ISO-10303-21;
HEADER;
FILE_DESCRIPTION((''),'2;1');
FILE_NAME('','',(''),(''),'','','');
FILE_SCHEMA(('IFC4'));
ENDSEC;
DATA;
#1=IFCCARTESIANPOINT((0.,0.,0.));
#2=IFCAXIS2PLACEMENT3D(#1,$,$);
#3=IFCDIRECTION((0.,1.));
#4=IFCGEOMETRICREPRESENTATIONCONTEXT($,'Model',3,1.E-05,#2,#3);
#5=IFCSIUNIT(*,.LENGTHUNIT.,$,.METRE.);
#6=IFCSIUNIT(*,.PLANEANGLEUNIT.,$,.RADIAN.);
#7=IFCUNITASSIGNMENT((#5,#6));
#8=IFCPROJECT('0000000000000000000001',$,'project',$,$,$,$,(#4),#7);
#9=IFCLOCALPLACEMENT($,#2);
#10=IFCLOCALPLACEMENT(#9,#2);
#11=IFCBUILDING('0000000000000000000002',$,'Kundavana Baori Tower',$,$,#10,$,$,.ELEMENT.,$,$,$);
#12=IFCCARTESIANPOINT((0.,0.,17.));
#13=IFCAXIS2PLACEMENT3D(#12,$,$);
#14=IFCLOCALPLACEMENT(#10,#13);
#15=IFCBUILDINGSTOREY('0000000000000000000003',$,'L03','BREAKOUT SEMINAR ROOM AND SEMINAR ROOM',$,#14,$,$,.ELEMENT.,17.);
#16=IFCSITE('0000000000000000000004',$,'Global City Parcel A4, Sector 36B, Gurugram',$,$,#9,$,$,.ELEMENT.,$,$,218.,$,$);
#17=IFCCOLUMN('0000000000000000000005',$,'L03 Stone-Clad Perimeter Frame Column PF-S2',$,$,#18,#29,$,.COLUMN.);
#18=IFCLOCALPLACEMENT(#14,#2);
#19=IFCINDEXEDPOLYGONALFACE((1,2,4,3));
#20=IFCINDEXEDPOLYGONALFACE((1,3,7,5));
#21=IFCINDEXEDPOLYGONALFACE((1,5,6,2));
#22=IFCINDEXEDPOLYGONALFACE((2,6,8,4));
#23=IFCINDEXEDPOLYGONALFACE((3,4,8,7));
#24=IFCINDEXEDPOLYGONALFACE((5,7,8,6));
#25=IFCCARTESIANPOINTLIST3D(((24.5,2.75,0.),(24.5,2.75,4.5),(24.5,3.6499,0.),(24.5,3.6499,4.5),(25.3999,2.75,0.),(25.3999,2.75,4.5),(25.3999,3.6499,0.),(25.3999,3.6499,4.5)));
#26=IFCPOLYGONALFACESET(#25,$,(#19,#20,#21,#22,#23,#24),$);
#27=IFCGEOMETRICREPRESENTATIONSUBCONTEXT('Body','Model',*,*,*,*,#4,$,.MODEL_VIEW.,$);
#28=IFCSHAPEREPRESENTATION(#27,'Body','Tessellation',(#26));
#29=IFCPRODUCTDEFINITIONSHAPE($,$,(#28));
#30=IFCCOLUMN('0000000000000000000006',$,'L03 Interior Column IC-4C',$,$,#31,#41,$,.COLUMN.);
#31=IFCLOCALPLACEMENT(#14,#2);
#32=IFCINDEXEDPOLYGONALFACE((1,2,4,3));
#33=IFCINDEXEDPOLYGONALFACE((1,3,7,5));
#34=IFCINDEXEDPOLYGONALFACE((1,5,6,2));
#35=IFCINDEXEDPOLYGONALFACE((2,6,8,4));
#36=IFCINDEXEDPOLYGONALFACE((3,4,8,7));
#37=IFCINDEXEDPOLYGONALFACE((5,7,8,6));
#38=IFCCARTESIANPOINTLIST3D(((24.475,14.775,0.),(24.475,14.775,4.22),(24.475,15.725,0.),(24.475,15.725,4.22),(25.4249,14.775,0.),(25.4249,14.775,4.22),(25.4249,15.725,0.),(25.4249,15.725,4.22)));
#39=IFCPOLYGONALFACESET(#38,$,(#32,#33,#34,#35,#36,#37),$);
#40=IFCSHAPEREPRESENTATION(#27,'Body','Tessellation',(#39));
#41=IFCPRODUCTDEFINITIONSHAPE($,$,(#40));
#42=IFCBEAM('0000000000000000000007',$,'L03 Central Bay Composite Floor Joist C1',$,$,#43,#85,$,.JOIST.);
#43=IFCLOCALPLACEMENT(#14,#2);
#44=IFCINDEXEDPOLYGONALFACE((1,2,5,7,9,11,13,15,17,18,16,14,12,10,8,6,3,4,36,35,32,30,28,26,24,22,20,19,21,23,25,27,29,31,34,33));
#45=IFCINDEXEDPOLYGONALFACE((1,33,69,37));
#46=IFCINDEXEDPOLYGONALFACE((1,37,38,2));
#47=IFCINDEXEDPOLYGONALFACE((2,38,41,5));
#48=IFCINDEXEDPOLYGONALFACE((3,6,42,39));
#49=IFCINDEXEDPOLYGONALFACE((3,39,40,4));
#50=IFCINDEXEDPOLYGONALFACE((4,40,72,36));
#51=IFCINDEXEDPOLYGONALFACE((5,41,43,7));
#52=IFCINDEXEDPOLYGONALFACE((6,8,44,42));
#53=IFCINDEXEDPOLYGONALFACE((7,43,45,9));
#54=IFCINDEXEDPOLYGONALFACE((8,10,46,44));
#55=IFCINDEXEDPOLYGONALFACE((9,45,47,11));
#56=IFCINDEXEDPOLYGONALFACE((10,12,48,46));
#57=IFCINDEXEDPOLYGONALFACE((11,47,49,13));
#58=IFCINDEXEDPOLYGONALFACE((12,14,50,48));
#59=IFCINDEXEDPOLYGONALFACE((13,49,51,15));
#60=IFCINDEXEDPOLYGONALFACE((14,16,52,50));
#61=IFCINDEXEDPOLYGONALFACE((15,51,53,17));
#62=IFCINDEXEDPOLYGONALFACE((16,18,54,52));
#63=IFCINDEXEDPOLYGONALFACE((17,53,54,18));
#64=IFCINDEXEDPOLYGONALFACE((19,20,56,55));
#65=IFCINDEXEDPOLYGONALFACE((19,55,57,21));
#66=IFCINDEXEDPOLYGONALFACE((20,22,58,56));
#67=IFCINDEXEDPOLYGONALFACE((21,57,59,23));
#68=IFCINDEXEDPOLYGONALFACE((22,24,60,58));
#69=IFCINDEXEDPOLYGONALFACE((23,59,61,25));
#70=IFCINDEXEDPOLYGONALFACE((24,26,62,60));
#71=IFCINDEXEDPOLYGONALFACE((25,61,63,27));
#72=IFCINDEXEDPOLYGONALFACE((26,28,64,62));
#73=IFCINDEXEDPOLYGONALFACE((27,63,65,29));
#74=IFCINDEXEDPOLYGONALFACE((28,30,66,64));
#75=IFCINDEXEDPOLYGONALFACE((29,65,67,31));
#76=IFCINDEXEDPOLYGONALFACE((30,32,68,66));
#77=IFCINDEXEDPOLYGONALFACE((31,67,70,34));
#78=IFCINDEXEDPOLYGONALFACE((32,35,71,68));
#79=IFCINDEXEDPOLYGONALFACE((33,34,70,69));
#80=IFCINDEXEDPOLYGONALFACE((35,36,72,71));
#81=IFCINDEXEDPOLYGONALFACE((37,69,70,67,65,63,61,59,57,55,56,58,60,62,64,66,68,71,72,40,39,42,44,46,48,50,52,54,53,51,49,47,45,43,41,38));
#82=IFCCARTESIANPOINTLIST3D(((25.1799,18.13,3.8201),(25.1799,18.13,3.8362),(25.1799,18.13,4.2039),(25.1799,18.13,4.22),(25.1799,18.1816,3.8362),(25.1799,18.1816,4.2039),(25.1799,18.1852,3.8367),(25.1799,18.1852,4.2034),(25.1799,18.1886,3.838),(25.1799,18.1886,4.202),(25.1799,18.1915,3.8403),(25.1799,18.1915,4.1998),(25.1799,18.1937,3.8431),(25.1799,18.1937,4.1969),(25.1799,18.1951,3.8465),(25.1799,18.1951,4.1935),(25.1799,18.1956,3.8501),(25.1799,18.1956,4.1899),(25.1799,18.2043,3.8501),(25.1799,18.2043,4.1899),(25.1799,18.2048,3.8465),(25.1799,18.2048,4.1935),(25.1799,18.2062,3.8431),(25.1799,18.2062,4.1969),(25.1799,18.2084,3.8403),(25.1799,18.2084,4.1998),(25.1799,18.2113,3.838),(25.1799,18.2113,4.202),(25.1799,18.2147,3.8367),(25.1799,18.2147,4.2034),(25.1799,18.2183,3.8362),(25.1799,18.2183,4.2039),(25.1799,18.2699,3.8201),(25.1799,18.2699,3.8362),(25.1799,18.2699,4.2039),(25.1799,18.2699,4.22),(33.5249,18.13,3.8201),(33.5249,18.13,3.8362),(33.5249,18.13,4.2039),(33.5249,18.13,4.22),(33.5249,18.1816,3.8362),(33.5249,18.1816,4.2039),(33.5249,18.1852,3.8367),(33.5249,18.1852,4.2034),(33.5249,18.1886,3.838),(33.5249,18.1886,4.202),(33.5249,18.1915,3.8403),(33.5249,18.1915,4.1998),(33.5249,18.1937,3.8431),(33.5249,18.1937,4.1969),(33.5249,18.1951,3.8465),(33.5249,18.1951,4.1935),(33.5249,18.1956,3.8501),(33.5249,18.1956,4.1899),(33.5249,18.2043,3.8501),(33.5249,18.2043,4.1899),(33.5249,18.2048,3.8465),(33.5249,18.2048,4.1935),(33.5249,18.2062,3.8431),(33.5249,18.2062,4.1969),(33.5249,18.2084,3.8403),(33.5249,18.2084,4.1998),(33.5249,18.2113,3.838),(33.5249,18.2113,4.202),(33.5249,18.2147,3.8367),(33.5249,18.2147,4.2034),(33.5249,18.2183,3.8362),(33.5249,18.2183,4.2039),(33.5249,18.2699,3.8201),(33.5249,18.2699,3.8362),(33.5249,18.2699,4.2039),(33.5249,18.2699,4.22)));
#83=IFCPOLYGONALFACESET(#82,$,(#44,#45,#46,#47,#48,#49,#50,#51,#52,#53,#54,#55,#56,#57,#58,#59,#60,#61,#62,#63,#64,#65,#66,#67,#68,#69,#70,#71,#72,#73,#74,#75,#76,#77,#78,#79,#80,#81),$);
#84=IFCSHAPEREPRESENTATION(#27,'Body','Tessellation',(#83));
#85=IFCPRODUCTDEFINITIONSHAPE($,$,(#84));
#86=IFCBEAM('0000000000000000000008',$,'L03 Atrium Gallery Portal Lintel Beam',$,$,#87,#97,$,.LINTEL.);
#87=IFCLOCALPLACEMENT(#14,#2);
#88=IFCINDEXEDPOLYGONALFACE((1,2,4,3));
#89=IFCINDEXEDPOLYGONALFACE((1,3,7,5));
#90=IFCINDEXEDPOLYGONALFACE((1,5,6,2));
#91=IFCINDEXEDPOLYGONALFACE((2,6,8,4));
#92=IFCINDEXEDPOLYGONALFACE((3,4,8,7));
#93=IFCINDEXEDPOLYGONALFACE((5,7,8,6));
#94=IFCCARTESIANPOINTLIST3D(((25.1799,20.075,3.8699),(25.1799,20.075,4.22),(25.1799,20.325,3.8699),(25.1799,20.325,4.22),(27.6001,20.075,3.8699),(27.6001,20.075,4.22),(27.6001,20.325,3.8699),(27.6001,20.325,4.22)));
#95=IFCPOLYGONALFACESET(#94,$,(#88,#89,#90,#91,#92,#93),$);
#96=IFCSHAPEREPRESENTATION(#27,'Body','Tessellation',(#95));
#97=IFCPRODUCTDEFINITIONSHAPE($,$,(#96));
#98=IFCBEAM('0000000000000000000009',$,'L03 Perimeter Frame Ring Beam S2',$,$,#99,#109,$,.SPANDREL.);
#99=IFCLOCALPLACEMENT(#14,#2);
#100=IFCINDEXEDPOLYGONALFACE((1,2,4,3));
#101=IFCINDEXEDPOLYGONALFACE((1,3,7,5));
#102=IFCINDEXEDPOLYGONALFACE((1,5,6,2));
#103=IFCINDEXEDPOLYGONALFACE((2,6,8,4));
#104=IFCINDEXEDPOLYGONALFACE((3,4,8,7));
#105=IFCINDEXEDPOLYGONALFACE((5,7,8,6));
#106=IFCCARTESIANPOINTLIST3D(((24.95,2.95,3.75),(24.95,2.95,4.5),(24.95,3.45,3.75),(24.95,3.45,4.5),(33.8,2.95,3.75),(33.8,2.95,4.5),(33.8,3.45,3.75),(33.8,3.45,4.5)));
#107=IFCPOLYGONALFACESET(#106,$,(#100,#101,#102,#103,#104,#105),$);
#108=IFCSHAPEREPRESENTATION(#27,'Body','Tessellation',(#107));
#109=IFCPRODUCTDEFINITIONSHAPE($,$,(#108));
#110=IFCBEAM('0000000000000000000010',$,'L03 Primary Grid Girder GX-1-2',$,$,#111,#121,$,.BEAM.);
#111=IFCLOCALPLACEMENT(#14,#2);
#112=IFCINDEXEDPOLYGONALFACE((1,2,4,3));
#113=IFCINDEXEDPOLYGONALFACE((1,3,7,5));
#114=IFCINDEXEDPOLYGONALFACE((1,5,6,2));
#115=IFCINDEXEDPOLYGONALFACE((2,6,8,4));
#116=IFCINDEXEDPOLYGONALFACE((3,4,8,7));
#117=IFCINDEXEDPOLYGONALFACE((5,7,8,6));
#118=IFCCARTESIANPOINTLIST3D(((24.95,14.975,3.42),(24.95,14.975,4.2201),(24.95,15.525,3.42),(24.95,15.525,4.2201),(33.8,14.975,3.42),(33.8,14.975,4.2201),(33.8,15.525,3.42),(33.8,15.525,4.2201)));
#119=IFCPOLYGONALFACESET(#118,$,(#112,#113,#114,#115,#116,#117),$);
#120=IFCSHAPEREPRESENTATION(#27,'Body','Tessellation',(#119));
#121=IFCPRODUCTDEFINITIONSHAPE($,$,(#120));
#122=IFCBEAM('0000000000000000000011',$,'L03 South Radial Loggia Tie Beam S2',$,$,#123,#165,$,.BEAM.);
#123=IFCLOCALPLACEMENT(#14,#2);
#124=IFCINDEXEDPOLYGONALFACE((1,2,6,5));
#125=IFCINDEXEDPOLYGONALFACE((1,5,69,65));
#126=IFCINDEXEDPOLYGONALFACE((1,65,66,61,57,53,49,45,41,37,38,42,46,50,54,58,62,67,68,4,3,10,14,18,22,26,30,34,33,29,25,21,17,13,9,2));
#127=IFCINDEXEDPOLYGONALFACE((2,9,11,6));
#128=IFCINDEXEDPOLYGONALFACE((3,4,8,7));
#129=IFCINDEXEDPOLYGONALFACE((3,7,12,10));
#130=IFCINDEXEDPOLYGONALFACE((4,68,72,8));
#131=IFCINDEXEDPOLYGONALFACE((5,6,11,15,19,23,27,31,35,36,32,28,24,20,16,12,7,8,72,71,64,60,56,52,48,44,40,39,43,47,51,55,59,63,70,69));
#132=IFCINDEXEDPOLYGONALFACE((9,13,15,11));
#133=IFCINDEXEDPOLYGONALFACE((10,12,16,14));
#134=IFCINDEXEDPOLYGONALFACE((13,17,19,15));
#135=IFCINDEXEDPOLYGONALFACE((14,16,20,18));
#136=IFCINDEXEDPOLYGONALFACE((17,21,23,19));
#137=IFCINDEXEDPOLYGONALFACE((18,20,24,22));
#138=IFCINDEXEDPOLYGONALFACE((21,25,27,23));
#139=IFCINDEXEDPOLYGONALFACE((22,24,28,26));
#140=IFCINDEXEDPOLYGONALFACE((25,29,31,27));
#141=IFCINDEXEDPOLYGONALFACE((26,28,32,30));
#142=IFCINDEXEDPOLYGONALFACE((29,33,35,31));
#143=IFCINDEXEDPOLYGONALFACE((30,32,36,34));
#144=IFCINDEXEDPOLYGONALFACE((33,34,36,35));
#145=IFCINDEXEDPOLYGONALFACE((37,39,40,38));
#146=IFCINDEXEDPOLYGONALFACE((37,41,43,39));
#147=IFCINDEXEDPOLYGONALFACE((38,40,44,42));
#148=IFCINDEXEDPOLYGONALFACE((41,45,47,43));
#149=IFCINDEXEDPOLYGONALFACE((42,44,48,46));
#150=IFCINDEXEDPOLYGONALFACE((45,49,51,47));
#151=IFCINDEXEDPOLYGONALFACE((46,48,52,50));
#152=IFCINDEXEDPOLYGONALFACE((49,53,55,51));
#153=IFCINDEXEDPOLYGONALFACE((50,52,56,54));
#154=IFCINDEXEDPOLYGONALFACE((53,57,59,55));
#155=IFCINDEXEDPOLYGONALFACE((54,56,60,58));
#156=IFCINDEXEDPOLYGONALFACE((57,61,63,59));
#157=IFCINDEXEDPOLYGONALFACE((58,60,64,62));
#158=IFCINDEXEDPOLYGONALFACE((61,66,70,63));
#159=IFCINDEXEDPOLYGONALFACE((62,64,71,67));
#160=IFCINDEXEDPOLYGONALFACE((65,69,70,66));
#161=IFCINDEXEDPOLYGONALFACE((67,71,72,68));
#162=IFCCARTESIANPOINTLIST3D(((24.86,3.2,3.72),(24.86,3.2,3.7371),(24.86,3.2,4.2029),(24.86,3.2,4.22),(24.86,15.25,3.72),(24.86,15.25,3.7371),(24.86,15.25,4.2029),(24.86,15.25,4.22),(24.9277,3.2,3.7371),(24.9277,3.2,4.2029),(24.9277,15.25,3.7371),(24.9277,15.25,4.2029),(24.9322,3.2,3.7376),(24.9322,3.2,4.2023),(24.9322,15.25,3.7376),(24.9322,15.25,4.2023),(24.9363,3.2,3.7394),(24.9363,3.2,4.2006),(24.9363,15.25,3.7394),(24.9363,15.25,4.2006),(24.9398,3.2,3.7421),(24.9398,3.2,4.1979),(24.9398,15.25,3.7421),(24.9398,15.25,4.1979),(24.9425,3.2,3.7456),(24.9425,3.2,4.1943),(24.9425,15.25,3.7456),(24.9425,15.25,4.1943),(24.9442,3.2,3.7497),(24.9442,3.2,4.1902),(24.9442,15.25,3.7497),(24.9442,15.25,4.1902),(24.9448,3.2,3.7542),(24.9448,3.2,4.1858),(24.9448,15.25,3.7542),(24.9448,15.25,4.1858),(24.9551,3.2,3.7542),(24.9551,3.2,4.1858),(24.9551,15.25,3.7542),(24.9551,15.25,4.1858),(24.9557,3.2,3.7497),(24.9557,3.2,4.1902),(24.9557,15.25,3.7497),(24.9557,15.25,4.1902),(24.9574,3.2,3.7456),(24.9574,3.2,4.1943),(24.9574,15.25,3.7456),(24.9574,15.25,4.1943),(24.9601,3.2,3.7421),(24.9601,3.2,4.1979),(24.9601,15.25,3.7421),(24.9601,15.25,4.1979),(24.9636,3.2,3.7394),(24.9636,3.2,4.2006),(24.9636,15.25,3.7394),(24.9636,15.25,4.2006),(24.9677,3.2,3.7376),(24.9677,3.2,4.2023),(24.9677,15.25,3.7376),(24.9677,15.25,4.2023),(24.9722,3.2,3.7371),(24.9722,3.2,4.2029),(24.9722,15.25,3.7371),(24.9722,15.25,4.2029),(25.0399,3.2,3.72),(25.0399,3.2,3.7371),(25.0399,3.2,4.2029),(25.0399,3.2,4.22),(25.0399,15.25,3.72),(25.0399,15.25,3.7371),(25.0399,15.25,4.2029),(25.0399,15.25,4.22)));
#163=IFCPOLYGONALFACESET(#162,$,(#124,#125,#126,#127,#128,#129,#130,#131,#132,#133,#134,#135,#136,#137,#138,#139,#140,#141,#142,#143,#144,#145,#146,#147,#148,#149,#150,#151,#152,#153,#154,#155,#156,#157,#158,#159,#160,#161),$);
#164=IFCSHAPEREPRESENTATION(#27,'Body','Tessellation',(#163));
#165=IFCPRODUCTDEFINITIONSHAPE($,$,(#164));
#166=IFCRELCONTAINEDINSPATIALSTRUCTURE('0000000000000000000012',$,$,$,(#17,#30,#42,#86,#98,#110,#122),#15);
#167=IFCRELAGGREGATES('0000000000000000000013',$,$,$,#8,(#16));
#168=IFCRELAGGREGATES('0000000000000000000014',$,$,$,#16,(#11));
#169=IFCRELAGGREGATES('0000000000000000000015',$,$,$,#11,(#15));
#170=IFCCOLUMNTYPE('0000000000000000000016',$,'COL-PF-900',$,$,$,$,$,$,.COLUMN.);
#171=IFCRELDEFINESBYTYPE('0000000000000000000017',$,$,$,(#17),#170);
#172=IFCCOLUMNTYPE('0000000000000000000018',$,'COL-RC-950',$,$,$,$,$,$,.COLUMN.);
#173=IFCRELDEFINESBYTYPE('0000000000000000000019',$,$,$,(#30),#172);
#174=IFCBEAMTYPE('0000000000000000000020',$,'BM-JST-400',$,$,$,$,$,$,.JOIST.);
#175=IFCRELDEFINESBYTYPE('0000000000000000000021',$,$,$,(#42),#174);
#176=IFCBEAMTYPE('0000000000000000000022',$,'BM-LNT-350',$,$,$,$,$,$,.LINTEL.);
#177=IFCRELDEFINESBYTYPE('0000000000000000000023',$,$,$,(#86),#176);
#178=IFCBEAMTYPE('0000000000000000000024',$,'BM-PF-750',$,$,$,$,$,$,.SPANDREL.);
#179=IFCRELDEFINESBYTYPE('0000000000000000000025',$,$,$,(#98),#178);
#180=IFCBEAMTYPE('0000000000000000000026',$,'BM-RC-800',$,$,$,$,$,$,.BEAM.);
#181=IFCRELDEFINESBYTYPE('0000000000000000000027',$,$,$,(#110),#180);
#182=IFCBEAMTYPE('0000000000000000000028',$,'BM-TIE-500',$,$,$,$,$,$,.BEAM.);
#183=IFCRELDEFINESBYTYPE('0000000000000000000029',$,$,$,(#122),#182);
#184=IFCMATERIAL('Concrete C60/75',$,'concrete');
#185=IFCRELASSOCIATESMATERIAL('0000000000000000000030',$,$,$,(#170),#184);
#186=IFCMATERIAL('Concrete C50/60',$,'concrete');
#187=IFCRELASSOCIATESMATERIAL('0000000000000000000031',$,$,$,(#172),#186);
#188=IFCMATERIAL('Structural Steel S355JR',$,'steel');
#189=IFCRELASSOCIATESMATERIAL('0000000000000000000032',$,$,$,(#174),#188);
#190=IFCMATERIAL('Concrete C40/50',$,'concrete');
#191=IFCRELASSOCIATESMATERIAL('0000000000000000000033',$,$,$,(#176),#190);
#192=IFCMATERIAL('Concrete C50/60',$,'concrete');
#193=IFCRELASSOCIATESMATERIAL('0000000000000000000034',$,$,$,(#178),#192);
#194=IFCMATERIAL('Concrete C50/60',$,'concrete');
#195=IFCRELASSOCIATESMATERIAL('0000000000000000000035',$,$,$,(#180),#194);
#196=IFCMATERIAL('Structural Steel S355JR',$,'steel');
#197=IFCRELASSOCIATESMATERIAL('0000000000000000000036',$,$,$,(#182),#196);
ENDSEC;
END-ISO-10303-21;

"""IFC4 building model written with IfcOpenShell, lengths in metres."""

from ifc_helpers import new_model, si_unit, direction, frame, origin, origin_2d, place, context, subcontext, project, spatial, rectangle, i_section, extrude, material, material_profile, profile_set, type_object, element, save


model = new_model("IFC4")

# Units and contexts
model_context = context("Model", 3, precision=1e-05, world=origin(), true_north=direction((0.0, 1.0)))
body_context = subcontext(model_context, "Body", "Model", "MODEL_VIEW")
ifc_project = project(units=[si_unit("LENGTHUNIT", "METRE"), si_unit("PLANEANGLEUNIT", "RADIAN")], contexts=[model_context])

# Site, building, storey
site_placement = place(None, origin())
site = spatial("IfcSite", under=ifc_project, at=site_placement, Name="Global City Parcel A4, Sector 36B, Gurugram", CompositionType="ELEMENT", RefElevation=218.0)
building_placement = place(site_placement, origin())
building = spatial("IfcBuilding", under=site, at=building_placement, Name="Kundavana Baori Tower", CompositionType="ELEMENT")
storey_placement = place(building_placement, frame((0.0, 0.0, 17.0)))
storey = spatial("IfcBuildingStorey", under=building, at=storey_placement, Name="L03", Description="BREAKOUT SEMINAR ROOM AND SEMINAR ROOM", CompositionType="ELEMENT", Elevation=17.0)

# Columns
ifc_material_1 = material(Name="Concrete C60/75", Category="concrete")
ifc_material_profile_1 = material_profile(ifc_material_1, rectangle(XDim=0.8999, YDim=0.8999, at=origin_2d()), Name="RC PF 900x900")
ifc_profile_set_1 = profile_set([ifc_material_profile_1], Name="Concrete C60/75")
column_type_1 = type_object("IfcColumnType", Name="COL-PF-900", PredefinedType="COLUMN", material=ifc_profile_set_1)
column_1_placement = place(storey_placement, frame((24.95, 3.2, 0.0), z_axis=(0.0, 0.0, 1.0), x_axis=(1.0, 0.0, 0.0)))
element("IfcColumn", 1, at=column_1_placement, inside=storey, type_object=column_type_1, Name="L03 Stone-Clad Perimeter Frame Column PF-S2", PredefinedType="COLUMN", context=body_context, shape_type="SweptSolid", body=[
    extrude(rectangle(XDim=0.8999, YDim=0.8999, at=origin_2d()), origin(), (0.0, 0.0, 1.0), 4.5),
])
ifc_material_2 = material(Name="Concrete C50/60", Category="concrete")
ifc_material_profile_2 = material_profile(ifc_material_2, rectangle(XDim=0.95, YDim=0.95, at=origin_2d()), Name="RC 950x950")
ifc_profile_set_2 = profile_set([ifc_material_profile_2], Name="Concrete C50/60")
column_type_2 = type_object("IfcColumnType", Name="COL-RC-950", PredefinedType="COLUMN", material=ifc_profile_set_2)
column_2_placement = place(storey_placement, frame((24.95, 15.25, 0.0), z_axis=(0.0, 0.0, 1.0), x_axis=(1.0, 0.0, 0.0)))
element("IfcColumn", 2, at=column_2_placement, inside=storey, type_object=column_type_2, Name="L03 Interior Column IC-4C", PredefinedType="COLUMN", context=body_context, shape_type="SweptSolid", body=[
    extrude(rectangle(XDim=0.95, YDim=0.95, at=origin_2d()), origin(), (0.0, 0.0, 1.0), 4.22),
])

# Beams
ifc_material_3 = material(Name="Structural Steel S355JR", Category="steel")
ifc_material_profile_3 = material_profile(ifc_material_3, i_section(OverallWidth=0.1399, OverallDepth=0.3999, WebThickness=0.0088, FlangeThickness=0.0161, FilletRadius=0.0139, at=origin_2d()), Name="ISMB 400")
ifc_profile_set_3 = profile_set([ifc_material_profile_3], Name="Structural Steel S355JR")
beam_type_1 = type_object("IfcBeamType", Name="BM-JST-400", PredefinedType="JOIST", material=ifc_profile_set_3)
beam_1_placement = place(storey_placement, frame((25.1799, 18.2, 4.02), z_axis=(1.0, 0.0, 0.0), x_axis=(0.0, 1.0, 0.0)))
element("IfcBeam", 3, at=beam_1_placement, inside=storey, type_object=beam_type_1, Name="L03 Central Bay Composite Floor Joist C1", PredefinedType="JOIST", context=body_context, shape_type="SweptSolid", body=[
    extrude(i_section(OverallWidth=0.1399, OverallDepth=0.3999, WebThickness=0.0088, FlangeThickness=0.0161, FilletRadius=0.0139, at=origin_2d()), origin(), (0.0, 0.0, 1.0), 8.345),
])
ifc_material_4 = material(Name="Concrete C40/50", Category="concrete")
ifc_material_profile_4 = material_profile(ifc_material_4, rectangle(XDim=0.25, YDim=0.3501, at=origin_2d()), Name="RC LNT 250x350")
ifc_profile_set_4 = profile_set([ifc_material_profile_4], Name="Concrete C40/50")
beam_type_2 = type_object("IfcBeamType", Name="BM-LNT-350", PredefinedType="LINTEL", material=ifc_profile_set_4)
beam_2_placement = place(storey_placement, frame((25.1799, 20.2, 4.0449), z_axis=(1.0, 0.0, 0.0), x_axis=(0.0, 1.0, 0.0)))
element("IfcBeam", 4, at=beam_2_placement, inside=storey, type_object=beam_type_2, Name="L03 Atrium Gallery Portal Lintel Beam", PredefinedType="LINTEL", context=body_context, shape_type="SweptSolid", body=[
    extrude(rectangle(XDim=0.25, YDim=0.3501, at=origin_2d()), origin(), (0.0, 0.0, 1.0), 2.4202),
])
ifc_material_5 = material(Name="Concrete C50/60", Category="concrete")
ifc_material_profile_5 = material_profile(ifc_material_5, rectangle(XDim=0.5, YDim=0.75, at=origin_2d()), Name="RC BM 500x750")
ifc_profile_set_5 = profile_set([ifc_material_profile_5], Name="Concrete C50/60")
beam_type_3 = type_object("IfcBeamType", Name="BM-PF-750", PredefinedType="SPANDREL", material=ifc_profile_set_5)
beam_3_placement = place(storey_placement, frame((24.95, 3.2, 4.125), z_axis=(1.0, 0.0, 0.0), x_axis=(0.0, 1.0, 0.0)))
element("IfcBeam", 5, at=beam_3_placement, inside=storey, type_object=beam_type_3, Name="L03 Perimeter Frame Ring Beam S2", PredefinedType="SPANDREL", context=body_context, shape_type="SweptSolid", body=[
    extrude(rectangle(XDim=0.5, YDim=0.75, at=origin_2d()), origin(), (0.0, 0.0, 1.0), 8.8501),
])
ifc_material_6 = material(Name="Concrete C50/60", Category="concrete")
ifc_material_profile_6 = material_profile(ifc_material_6, rectangle(XDim=0.55, YDim=0.8, at=origin_2d()), Name="RC BM 550x800")
ifc_profile_set_6 = profile_set([ifc_material_profile_6], Name="Concrete C50/60")
beam_type_4 = type_object("IfcBeamType", Name="BM-RC-800", PredefinedType="BEAM", material=ifc_profile_set_6)
beam_4_placement = place(storey_placement, frame((24.95, 15.25, 3.8201), z_axis=(1.0, 0.0, 0.0), x_axis=(0.0, 1.0, 0.0)))
element("IfcBeam", 6, at=beam_4_placement, inside=storey, type_object=beam_type_4, Name="L03 Primary Grid Girder GX-1-2", PredefinedType="BEAM", context=body_context, shape_type="SweptSolid", body=[
    extrude(rectangle(XDim=0.55, YDim=0.8, at=origin_2d()), origin(), (0.0, 0.0, 1.0), 8.8501),
])
ifc_material_7 = material(Name="Structural Steel S355JR", Category="steel")
ifc_material_profile_7 = material_profile(ifc_material_7, i_section(OverallWidth=0.1799, OverallDepth=0.5, WebThickness=0.0103, FlangeThickness=0.0171, FilletRadius=0.0171, at=origin_2d()), Name="ISMB 500")
ifc_profile_set_7 = profile_set([ifc_material_profile_7], Name="Structural Steel S355JR")
beam_type_5 = type_object("IfcBeamType", Name="BM-TIE-500", PredefinedType="BEAM", material=ifc_profile_set_7)
beam_5_placement = place(storey_placement, frame((24.95, 15.25, 3.97), z_axis=(0.0, -1.0, 0.0), x_axis=(1.0, 0.0, 0.0)))
element("IfcBeam", 7, at=beam_5_placement, inside=storey, type_object=beam_type_5, Name="L03 South Radial Loggia Tie Beam S2", PredefinedType="BEAM", context=body_context, shape_type="SweptSolid", body=[
    extrude(i_section(OverallWidth=0.1799, OverallDepth=0.5, WebThickness=0.0103, FlangeThickness=0.0171, FilletRadius=0.0171, at=origin_2d()), origin(), (0.0, 0.0, 1.0), 12.05),
])

save(model, "model.ifc")
